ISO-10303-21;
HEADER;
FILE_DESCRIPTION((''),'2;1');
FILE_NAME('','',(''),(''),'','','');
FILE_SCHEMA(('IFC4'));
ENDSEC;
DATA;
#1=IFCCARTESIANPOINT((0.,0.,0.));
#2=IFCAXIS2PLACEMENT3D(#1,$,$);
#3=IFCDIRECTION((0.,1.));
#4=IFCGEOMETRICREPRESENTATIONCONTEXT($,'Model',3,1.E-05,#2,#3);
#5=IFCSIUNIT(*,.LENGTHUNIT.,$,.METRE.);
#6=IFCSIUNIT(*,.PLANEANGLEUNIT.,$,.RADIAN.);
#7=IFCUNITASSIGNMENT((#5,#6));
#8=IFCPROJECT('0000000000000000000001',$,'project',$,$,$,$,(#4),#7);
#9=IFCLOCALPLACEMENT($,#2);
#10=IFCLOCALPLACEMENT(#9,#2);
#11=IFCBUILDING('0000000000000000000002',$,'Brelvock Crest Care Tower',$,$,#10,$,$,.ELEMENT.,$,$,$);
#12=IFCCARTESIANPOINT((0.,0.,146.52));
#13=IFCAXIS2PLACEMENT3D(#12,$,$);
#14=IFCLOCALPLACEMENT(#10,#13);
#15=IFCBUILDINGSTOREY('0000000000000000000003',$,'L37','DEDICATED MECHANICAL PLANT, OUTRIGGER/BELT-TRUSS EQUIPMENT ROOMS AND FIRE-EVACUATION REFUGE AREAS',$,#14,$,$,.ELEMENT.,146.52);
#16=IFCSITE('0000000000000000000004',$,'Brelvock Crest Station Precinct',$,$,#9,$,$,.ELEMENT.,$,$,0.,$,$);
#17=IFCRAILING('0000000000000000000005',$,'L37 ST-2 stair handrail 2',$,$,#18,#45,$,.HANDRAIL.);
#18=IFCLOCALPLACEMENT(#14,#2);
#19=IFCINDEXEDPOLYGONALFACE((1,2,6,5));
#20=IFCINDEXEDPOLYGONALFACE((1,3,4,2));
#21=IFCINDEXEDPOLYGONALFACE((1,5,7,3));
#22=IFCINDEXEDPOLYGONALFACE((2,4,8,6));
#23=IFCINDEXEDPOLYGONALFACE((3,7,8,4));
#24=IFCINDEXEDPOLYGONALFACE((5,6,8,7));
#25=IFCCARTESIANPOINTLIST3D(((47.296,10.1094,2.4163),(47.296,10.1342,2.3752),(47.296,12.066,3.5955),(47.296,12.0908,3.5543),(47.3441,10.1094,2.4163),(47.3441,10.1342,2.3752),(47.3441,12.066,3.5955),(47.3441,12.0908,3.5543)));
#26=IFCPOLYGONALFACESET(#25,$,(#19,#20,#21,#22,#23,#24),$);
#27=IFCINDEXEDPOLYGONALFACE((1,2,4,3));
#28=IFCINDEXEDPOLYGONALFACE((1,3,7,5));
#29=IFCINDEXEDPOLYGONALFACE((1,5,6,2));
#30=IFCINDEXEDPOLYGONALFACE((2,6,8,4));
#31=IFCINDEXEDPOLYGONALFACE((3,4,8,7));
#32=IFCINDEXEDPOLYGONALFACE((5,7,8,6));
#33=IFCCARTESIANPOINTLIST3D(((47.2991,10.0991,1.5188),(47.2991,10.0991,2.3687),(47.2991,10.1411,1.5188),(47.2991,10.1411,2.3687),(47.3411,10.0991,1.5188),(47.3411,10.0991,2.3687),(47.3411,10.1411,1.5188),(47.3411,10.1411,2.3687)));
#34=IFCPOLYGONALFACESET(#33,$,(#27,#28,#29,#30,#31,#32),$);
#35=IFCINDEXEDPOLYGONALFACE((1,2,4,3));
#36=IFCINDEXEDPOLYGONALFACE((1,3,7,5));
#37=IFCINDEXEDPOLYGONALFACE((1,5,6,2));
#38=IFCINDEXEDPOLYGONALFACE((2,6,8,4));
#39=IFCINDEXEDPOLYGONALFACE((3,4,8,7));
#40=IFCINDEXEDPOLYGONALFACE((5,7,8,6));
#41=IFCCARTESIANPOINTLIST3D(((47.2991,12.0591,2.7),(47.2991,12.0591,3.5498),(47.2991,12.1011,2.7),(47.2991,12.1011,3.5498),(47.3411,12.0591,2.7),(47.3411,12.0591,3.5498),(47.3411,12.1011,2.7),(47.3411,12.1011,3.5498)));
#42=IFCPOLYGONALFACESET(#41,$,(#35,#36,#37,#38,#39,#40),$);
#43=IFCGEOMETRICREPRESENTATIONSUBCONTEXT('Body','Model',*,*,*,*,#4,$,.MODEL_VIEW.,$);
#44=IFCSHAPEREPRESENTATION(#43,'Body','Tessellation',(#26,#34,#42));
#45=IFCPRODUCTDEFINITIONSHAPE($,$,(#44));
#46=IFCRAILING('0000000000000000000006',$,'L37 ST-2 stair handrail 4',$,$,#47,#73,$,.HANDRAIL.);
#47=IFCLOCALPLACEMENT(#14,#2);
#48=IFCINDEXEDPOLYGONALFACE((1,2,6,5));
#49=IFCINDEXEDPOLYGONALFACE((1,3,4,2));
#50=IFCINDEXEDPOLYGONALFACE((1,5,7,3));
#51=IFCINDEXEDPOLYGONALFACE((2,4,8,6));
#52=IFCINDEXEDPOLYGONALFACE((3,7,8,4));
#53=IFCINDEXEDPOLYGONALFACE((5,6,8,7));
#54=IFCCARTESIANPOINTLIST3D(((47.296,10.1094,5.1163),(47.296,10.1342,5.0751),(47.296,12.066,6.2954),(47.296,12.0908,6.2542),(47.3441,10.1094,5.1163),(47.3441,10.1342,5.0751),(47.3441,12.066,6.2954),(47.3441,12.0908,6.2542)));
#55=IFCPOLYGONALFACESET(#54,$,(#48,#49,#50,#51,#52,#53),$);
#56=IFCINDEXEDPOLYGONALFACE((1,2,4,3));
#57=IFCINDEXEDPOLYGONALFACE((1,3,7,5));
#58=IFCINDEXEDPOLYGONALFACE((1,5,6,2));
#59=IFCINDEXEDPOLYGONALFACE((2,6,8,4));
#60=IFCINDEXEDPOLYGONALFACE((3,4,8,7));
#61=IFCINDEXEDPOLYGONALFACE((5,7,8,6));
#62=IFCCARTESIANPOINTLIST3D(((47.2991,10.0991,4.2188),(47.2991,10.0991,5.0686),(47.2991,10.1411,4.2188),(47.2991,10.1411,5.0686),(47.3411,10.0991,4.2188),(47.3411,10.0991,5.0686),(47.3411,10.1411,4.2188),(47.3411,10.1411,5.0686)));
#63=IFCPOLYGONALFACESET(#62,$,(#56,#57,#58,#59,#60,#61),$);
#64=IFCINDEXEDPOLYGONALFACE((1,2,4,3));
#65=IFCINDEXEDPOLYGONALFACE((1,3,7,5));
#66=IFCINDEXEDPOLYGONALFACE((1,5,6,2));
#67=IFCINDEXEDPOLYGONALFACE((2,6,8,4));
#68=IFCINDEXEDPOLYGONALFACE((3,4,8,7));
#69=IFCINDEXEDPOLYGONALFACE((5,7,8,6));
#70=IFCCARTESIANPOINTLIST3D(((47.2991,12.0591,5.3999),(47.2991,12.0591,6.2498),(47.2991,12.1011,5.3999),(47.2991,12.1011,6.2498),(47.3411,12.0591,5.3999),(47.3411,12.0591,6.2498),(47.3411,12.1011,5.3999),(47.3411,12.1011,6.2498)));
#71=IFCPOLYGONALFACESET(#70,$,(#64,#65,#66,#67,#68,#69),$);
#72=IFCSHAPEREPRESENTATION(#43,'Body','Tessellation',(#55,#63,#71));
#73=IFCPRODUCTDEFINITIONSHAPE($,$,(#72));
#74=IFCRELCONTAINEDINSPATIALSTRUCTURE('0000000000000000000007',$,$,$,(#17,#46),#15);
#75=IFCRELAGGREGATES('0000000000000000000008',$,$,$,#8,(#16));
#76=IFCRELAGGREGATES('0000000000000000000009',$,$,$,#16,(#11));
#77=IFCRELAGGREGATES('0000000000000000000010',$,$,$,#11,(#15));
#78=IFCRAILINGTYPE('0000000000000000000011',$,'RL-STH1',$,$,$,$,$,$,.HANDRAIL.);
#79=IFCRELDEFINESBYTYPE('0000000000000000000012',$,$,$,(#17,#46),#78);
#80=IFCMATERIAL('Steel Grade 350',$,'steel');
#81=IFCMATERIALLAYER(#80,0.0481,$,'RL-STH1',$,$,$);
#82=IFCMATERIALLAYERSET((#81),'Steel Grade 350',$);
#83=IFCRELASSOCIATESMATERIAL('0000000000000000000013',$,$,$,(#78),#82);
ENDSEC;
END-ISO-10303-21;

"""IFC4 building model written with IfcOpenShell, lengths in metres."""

from ifc_helpers import new_model, si_unit, direction, frame, origin, origin_2d, place, context, subcontext, project, spatial, rectangle, extrude, material, layer, layer_set, type_object, element, save


model = new_model("IFC4")

# Units and contexts
model_context = context("Model", 3, precision=1e-05, world=origin(), true_north=direction((0.0, 1.0)))
body_context = subcontext(model_context, "Body", "Model", "MODEL_VIEW")
ifc_project = project(units=[si_unit("LENGTHUNIT", "METRE"), si_unit("PLANEANGLEUNIT", "RADIAN")], contexts=[model_context])

# Site, building, storey
site_placement = place(None, origin())
site = spatial("IfcSite", under=ifc_project, at=site_placement, Name="Brelvock Crest Station Precinct", CompositionType="ELEMENT", RefElevation=0.0)
building_placement = place(site_placement, origin())
building = spatial("IfcBuilding", under=site, at=building_placement, Name="Brelvock Crest Care Tower", CompositionType="ELEMENT")
storey_placement = place(building_placement, frame((0.0, 0.0, 146.52)))
storey = spatial("IfcBuildingStorey", under=building, at=storey_placement, Name="L37", Description="DEDICATED MECHANICAL PLANT, OUTRIGGER/BELT-TRUSS EQUIPMENT ROOMS AND FIRE-EVACUATION REFUGE AREAS", CompositionType="ELEMENT", Elevation=146.52)

# Shared definitions
ifc_material_1 = material(Name="Steel Grade 350", Category="steel")

# Railings
ifc_layer_1 = layer(ifc_material_1, 0.0481, Name="RL-STH1")
ifc_layer_set_1 = layer_set([ifc_layer_1], Name="Steel Grade 350")
railing_type_1 = type_object("IfcRailingType", Name="RL-STH1", PredefinedType="HANDRAIL", material=ifc_layer_set_1)
for number, where, name in (
    (1, (47.3201, 10.1201, 1.5188), "L37 ST-2 stair handrail 2"),
    (2, (47.3201, 10.1201, 4.2188), "L37 ST-2 stair handrail 4"),
):
    element("IfcRailing", number, at=place(storey_placement, frame(where)), inside=storey, type_object=railing_type_1, Name=name, PredefinedType="HANDRAIL", context=body_context, shape_type="SweptSolid", body=[
        extrude(rectangle(XDim=0.0481, YDim=0.0481, at=origin_2d()), frame((0.0, 0.0017, 0.877), z_axis=(0.0, 0.856493, 0.516158), x_axis=(-1.0, 0.0, 0.0)), (0.0, 0.0, 1.0), 2.2844),
        extrude(rectangle(XDim=0.042, YDim=0.042, at=origin_2d()), origin(), (0.0, 0.0, 1.0), 0.8499),
        extrude(rectangle(XDim=0.042, YDim=0.042, at=origin_2d()), frame((0.0, 1.96, 1.1812)), (0.0, 0.0, 1.0), 0.8499),
    ])

save(model, "model.ifc")
